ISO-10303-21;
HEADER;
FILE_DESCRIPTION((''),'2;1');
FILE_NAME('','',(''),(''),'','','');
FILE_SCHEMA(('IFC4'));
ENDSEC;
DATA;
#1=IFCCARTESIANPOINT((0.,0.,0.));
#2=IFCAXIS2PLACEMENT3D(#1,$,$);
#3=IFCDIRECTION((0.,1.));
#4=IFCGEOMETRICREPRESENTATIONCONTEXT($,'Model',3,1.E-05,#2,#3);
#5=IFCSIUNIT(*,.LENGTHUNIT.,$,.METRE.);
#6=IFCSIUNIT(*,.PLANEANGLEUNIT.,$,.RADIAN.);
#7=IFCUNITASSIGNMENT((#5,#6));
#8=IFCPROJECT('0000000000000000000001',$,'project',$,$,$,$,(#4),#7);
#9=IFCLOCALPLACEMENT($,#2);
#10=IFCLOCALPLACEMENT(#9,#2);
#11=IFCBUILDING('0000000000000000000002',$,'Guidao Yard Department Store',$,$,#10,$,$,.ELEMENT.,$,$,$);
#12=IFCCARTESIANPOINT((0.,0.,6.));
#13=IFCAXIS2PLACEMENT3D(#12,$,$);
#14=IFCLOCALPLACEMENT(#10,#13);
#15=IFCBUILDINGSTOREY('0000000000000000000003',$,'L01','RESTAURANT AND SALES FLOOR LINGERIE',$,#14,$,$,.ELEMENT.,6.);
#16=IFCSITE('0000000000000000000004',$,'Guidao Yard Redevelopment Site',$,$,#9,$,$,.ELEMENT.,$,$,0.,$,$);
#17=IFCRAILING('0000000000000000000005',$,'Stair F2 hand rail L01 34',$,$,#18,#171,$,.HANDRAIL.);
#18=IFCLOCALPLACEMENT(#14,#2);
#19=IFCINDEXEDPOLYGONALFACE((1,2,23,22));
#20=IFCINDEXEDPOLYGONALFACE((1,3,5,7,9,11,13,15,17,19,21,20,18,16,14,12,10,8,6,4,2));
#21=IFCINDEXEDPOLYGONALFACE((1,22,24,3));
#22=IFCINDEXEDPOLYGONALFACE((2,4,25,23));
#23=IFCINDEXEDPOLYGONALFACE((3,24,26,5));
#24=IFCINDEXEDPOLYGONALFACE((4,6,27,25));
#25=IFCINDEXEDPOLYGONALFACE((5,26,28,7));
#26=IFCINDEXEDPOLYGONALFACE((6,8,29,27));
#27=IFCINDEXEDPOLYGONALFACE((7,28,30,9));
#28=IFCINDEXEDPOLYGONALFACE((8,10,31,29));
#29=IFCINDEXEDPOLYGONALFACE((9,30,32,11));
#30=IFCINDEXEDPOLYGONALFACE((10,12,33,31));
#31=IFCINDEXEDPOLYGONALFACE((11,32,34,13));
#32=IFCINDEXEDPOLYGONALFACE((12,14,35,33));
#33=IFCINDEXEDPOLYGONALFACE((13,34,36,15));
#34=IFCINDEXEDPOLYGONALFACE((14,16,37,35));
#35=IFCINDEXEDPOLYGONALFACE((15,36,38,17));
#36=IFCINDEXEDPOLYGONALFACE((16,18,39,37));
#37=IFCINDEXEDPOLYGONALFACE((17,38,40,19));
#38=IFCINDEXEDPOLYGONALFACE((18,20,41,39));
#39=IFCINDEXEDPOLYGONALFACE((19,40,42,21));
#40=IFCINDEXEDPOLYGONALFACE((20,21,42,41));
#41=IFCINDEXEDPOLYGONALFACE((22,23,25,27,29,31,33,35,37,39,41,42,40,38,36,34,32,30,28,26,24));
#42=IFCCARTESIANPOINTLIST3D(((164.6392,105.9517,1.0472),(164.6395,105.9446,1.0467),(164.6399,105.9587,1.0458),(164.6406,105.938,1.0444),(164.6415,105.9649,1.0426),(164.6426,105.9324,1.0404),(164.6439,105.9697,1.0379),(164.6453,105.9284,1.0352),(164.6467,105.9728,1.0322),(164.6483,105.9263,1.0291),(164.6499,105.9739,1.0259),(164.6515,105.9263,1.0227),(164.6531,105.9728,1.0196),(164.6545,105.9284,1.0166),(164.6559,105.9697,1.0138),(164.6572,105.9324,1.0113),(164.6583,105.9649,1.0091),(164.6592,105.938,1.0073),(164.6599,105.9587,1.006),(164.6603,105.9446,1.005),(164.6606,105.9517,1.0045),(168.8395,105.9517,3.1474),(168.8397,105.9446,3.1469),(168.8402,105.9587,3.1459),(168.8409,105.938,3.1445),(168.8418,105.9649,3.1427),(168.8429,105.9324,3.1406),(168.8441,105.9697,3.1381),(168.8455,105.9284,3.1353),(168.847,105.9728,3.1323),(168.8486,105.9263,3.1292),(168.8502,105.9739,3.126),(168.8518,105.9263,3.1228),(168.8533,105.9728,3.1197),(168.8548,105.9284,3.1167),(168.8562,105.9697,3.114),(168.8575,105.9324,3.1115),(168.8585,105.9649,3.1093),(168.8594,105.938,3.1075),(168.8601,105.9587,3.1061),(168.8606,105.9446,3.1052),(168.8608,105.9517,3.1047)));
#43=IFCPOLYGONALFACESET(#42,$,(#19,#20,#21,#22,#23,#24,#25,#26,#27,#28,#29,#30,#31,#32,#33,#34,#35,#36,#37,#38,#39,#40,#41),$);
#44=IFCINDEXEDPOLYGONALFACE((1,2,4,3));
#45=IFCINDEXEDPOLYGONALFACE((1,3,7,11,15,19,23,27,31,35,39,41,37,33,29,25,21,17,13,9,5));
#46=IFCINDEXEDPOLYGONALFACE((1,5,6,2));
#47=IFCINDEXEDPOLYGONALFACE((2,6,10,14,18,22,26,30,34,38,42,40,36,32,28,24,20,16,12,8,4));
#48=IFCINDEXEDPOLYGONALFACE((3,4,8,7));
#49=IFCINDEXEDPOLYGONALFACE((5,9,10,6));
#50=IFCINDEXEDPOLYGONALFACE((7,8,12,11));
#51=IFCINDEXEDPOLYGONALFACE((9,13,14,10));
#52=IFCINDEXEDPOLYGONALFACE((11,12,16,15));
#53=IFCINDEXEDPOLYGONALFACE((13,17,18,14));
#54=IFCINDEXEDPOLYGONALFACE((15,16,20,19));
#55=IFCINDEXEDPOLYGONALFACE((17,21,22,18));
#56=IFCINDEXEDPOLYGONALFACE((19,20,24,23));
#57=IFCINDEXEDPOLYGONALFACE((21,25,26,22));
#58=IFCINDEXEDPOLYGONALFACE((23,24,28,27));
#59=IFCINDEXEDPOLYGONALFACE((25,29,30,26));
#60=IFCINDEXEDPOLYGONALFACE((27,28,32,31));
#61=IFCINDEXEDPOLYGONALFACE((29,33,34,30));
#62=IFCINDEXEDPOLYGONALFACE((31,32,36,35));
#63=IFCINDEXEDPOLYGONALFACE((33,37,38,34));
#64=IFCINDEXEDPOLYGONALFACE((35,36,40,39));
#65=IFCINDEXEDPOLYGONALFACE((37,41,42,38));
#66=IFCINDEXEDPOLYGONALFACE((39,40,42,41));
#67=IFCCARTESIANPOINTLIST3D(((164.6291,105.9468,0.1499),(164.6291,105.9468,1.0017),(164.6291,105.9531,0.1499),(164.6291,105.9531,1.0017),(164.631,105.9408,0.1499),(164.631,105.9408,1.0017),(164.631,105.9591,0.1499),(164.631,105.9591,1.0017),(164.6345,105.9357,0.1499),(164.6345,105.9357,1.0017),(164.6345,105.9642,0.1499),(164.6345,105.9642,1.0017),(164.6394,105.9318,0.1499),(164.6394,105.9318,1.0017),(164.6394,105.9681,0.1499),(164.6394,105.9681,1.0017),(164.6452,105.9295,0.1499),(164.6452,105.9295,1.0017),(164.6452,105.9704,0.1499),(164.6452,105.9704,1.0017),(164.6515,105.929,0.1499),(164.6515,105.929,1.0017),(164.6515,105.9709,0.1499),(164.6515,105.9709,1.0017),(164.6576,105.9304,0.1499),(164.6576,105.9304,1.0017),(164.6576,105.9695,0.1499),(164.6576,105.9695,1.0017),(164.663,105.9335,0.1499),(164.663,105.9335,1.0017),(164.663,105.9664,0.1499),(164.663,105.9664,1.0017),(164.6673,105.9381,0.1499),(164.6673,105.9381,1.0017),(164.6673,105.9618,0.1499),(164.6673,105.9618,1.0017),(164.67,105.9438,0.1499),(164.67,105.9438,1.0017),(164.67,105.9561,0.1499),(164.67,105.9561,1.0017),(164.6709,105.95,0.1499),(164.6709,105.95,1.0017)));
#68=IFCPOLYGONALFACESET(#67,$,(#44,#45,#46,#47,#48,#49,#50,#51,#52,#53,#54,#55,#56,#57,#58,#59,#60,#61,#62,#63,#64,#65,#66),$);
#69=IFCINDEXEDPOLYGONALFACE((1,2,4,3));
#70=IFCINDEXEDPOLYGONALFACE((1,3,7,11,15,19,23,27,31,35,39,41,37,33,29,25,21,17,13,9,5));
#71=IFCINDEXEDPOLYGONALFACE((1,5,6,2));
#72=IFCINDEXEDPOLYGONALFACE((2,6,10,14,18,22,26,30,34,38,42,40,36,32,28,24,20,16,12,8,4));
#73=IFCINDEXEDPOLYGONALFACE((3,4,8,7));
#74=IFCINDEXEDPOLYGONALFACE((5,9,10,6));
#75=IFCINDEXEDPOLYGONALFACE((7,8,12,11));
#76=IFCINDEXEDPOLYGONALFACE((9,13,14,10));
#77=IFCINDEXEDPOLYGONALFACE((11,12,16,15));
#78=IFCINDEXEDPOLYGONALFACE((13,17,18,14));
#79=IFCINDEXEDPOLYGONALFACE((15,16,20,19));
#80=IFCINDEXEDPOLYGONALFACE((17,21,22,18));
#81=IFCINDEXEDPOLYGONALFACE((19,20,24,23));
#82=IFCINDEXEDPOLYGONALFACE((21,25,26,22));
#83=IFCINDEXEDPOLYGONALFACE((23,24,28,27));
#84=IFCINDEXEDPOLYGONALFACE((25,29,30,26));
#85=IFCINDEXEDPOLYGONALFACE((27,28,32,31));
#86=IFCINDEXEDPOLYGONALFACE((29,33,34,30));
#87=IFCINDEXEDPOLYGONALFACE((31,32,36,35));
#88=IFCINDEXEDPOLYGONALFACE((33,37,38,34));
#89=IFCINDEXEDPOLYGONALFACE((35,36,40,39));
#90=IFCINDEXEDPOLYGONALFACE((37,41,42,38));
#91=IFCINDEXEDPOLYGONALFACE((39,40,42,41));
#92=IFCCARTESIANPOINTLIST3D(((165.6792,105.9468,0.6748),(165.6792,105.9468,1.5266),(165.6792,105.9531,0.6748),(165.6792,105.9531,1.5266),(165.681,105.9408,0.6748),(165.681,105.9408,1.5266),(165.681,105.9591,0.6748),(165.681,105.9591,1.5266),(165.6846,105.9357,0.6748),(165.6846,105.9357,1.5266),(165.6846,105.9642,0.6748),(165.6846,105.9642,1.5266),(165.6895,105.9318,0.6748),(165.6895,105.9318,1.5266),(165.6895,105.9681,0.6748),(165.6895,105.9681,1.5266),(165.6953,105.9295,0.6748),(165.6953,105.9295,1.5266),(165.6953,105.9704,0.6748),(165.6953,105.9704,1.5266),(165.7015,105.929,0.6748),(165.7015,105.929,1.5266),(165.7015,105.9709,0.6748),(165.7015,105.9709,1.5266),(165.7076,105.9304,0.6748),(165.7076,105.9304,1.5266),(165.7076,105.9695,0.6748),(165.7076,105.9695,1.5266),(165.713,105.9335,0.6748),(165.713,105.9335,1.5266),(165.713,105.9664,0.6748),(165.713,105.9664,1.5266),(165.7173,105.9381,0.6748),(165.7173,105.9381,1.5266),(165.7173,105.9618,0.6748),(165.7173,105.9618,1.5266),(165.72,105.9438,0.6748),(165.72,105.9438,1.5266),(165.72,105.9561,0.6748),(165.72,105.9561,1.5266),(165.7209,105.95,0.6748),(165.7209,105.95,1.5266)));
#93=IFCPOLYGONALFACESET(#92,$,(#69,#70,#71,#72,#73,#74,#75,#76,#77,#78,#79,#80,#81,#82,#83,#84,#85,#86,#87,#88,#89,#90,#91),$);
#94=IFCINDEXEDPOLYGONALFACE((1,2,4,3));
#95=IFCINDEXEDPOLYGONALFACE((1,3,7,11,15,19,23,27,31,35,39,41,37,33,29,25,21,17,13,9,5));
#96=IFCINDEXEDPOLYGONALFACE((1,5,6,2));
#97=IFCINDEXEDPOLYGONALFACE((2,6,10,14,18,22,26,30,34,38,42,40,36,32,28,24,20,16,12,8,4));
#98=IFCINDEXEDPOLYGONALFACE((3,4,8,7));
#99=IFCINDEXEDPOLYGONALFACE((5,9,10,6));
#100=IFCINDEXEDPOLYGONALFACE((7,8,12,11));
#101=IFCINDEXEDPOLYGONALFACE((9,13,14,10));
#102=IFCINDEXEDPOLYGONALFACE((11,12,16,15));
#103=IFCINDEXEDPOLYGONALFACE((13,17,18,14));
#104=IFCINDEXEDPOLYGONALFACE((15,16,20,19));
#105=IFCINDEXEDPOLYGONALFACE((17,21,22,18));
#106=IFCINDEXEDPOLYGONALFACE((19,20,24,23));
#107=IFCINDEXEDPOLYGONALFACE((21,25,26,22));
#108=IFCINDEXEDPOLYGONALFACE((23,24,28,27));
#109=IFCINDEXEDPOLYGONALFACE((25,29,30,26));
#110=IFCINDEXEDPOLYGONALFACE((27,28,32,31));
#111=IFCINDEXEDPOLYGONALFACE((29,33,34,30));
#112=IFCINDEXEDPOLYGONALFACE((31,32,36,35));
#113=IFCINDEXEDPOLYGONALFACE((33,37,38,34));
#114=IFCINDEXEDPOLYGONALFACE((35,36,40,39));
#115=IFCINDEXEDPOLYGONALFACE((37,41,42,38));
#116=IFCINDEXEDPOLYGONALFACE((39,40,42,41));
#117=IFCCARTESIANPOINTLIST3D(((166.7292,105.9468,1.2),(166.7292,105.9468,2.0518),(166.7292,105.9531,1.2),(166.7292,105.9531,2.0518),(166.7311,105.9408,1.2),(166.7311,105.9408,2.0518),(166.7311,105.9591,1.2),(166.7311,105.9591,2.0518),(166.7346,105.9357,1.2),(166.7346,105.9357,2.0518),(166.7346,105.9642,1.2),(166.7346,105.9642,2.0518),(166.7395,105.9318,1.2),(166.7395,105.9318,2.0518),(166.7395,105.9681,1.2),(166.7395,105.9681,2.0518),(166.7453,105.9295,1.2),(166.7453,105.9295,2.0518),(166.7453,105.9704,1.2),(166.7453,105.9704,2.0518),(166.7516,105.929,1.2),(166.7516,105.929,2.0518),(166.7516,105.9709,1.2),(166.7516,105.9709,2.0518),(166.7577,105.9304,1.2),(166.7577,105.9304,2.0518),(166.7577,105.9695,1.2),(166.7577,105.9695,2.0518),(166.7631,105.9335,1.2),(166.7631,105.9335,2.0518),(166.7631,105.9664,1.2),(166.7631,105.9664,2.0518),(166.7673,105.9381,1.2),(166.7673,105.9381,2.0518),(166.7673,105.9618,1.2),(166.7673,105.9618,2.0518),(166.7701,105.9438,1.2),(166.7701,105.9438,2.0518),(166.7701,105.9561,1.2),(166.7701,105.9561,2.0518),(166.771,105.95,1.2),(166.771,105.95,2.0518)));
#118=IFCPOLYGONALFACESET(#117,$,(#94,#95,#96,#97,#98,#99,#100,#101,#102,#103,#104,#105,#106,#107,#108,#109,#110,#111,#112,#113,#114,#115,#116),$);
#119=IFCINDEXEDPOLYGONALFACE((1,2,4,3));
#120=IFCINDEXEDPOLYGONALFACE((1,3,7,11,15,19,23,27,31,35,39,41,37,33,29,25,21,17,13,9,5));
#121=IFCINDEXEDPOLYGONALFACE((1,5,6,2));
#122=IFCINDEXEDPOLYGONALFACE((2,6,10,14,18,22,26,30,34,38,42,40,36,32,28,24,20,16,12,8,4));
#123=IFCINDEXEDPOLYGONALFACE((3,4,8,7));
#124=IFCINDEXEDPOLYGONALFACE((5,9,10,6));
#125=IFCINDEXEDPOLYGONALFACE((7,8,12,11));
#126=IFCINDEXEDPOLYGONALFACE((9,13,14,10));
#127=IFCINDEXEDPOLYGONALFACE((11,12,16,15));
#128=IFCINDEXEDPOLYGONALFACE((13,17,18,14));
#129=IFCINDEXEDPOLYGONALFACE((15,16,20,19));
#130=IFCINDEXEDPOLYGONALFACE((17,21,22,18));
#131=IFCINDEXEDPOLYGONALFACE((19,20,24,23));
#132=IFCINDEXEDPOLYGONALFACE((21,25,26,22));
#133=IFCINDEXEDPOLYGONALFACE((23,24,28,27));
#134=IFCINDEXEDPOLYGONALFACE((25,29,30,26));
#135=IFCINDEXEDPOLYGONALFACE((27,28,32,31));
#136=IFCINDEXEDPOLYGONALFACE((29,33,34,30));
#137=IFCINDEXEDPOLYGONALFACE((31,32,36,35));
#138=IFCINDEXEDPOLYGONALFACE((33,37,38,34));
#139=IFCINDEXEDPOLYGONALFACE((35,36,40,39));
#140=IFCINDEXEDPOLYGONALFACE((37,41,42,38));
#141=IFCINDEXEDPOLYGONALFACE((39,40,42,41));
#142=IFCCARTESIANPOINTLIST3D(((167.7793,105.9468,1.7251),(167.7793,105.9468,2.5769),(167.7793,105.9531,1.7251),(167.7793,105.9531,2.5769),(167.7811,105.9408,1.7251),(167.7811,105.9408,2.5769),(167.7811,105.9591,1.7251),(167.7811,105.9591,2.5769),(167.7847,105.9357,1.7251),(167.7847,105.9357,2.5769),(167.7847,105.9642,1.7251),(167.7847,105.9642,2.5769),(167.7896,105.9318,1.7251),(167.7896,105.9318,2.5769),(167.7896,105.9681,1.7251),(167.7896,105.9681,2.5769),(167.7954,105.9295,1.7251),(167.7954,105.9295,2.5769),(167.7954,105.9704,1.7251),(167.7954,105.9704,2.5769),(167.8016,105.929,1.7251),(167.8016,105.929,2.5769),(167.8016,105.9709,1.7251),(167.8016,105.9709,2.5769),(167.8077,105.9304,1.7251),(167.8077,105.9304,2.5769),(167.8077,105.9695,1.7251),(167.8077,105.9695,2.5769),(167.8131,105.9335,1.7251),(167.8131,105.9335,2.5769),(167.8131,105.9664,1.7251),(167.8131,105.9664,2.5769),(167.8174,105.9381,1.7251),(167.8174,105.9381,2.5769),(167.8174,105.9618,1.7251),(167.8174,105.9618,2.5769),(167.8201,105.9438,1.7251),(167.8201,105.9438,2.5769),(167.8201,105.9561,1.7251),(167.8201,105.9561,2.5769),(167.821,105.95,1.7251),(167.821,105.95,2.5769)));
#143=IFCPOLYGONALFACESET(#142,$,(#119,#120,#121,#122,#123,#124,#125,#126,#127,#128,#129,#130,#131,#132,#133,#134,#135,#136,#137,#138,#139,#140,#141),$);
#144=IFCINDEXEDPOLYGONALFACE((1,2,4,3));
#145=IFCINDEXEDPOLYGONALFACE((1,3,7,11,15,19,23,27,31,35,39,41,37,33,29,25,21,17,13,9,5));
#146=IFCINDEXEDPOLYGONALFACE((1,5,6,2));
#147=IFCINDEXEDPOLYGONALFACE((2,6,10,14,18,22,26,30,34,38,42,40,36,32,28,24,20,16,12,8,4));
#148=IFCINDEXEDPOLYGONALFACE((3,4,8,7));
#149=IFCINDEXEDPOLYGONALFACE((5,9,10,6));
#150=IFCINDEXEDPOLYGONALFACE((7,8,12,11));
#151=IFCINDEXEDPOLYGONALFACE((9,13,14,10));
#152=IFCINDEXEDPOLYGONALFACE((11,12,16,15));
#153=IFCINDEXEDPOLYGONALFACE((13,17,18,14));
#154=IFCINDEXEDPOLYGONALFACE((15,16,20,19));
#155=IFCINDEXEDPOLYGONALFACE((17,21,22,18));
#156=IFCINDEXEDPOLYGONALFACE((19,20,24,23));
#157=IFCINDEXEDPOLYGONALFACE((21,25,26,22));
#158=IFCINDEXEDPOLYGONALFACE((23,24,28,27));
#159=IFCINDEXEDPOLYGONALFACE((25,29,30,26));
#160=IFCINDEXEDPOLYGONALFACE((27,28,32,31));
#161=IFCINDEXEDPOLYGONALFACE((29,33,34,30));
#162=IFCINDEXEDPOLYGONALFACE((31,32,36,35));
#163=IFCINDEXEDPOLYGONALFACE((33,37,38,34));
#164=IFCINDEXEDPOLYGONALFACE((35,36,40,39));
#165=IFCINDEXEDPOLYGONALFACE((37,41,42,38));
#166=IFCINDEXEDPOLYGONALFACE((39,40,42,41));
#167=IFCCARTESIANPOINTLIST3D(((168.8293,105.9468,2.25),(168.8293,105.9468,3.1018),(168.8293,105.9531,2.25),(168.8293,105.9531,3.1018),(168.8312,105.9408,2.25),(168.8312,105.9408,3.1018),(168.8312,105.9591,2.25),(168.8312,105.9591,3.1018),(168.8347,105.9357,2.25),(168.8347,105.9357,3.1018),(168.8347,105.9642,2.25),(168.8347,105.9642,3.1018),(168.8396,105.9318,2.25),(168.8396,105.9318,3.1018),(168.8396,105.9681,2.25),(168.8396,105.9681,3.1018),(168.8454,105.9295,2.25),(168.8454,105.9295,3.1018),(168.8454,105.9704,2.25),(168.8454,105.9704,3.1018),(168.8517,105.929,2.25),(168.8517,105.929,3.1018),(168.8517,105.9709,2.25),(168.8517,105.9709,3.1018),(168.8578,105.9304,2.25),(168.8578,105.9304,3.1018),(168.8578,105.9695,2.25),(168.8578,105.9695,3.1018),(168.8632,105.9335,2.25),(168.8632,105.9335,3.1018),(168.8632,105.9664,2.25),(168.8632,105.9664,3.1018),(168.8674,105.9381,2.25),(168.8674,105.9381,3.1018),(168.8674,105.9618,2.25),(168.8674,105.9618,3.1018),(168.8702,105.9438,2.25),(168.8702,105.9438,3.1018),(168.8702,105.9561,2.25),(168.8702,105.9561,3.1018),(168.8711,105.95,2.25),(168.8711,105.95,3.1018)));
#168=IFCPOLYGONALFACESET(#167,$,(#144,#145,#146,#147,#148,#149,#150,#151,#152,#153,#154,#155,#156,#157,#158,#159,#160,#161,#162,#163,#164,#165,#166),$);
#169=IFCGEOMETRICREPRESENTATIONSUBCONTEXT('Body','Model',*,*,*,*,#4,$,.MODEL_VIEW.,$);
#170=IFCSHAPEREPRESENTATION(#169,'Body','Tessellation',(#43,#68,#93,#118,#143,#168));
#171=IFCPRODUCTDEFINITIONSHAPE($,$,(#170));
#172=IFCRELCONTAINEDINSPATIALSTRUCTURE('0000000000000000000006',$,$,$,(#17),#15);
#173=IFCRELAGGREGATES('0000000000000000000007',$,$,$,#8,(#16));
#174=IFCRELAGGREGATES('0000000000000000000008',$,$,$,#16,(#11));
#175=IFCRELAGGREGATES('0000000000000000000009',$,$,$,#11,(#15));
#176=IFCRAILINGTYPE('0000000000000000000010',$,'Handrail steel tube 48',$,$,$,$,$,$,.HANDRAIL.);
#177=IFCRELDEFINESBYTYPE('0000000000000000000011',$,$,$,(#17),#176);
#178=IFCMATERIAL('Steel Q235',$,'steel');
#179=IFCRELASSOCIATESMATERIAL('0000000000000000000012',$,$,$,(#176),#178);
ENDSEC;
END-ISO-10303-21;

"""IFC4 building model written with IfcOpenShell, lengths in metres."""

from ifc_helpers import new_model, si_unit, direction, frame, origin, origin_2d, place, context, subcontext, project, spatial, circle, extrude, material, type_object, element, save


model = new_model("IFC4")

# Units and contexts
model_context = context("Model", 3, precision=1e-05, world=origin(), true_north=direction((0.0, 1.0)))
body_context = subcontext(model_context, "Body", "Model", "MODEL_VIEW")
ifc_project = project(units=[si_unit("LENGTHUNIT", "METRE"), si_unit("PLANEANGLEUNIT", "RADIAN")], contexts=[model_context])

# Site, building, storey
site_placement = place(None, origin())
site = spatial("IfcSite", under=ifc_project, at=site_placement, Name="Guidao Yard Redevelopment Site", CompositionType="ELEMENT", RefElevation=0.0)
building_placement = place(site_placement, origin())
building = spatial("IfcBuilding", under=site, at=building_placement, Name="Guidao Yard Department Store", CompositionType="ELEMENT")
storey_placement = place(building_placement, frame((0.0, 0.0, 6.0)))
storey = spatial("IfcBuildingStorey", under=building, at=storey_placement, Name="L01", Description="RESTAURANT AND SALES FLOOR LINGERIE", CompositionType="ELEMENT", Elevation=6.0)

# Railing
ifc_material_1 = material(Name="Steel Q235", Category="steel")
railing_type_1 = type_object("IfcRailingType", Name="Handrail steel tube 48", PredefinedType="HANDRAIL", material=ifc_material_1)
for number, where, name in (
    (1, (164.6499, 105.95, 0.1499), "Stair F2 hand rail L01 34"),
):
    element("IfcRailing", number, at=place(storey_placement, frame(where)), inside=storey, type_object=railing_type_1, Name=name, PredefinedType="HANDRAIL", context=body_context, shape_type="SweptSolid", body=[
        extrude(circle(Radius=0.0239, at=origin_2d()), frame((0.0, 0.0, 0.876), z_axis=(0.894427, 0.0, 0.447214), x_axis=(0.0, 1.0, 0.0)), (0.0, 0.0, 1.0), 4.696),
        extrude(circle(Radius=0.021, at=origin_2d()), origin(), (0.0, 0.0, 1.0), 0.8518),
        extrude(circle(Radius=0.021, at=origin_2d()), frame((1.05, 0.0, 0.5249)), (0.0, 0.0, 1.0), 0.8518),
        extrude(circle(Radius=0.021, at=origin_2d()), frame((2.1001, 0.0, 1.05)), (0.0, 0.0, 1.0), 0.8518),
        extrude(circle(Radius=0.021, at=origin_2d()), frame((3.1501, 0.0, 1.5752)), (0.0, 0.0, 1.0), 0.8518),
        extrude(circle(Radius=0.021, at=origin_2d()), frame((4.2002, 0.0, 2.1001)), (0.0, 0.0, 1.0), 0.8518),
    ])

save(model, "model.ifc")
